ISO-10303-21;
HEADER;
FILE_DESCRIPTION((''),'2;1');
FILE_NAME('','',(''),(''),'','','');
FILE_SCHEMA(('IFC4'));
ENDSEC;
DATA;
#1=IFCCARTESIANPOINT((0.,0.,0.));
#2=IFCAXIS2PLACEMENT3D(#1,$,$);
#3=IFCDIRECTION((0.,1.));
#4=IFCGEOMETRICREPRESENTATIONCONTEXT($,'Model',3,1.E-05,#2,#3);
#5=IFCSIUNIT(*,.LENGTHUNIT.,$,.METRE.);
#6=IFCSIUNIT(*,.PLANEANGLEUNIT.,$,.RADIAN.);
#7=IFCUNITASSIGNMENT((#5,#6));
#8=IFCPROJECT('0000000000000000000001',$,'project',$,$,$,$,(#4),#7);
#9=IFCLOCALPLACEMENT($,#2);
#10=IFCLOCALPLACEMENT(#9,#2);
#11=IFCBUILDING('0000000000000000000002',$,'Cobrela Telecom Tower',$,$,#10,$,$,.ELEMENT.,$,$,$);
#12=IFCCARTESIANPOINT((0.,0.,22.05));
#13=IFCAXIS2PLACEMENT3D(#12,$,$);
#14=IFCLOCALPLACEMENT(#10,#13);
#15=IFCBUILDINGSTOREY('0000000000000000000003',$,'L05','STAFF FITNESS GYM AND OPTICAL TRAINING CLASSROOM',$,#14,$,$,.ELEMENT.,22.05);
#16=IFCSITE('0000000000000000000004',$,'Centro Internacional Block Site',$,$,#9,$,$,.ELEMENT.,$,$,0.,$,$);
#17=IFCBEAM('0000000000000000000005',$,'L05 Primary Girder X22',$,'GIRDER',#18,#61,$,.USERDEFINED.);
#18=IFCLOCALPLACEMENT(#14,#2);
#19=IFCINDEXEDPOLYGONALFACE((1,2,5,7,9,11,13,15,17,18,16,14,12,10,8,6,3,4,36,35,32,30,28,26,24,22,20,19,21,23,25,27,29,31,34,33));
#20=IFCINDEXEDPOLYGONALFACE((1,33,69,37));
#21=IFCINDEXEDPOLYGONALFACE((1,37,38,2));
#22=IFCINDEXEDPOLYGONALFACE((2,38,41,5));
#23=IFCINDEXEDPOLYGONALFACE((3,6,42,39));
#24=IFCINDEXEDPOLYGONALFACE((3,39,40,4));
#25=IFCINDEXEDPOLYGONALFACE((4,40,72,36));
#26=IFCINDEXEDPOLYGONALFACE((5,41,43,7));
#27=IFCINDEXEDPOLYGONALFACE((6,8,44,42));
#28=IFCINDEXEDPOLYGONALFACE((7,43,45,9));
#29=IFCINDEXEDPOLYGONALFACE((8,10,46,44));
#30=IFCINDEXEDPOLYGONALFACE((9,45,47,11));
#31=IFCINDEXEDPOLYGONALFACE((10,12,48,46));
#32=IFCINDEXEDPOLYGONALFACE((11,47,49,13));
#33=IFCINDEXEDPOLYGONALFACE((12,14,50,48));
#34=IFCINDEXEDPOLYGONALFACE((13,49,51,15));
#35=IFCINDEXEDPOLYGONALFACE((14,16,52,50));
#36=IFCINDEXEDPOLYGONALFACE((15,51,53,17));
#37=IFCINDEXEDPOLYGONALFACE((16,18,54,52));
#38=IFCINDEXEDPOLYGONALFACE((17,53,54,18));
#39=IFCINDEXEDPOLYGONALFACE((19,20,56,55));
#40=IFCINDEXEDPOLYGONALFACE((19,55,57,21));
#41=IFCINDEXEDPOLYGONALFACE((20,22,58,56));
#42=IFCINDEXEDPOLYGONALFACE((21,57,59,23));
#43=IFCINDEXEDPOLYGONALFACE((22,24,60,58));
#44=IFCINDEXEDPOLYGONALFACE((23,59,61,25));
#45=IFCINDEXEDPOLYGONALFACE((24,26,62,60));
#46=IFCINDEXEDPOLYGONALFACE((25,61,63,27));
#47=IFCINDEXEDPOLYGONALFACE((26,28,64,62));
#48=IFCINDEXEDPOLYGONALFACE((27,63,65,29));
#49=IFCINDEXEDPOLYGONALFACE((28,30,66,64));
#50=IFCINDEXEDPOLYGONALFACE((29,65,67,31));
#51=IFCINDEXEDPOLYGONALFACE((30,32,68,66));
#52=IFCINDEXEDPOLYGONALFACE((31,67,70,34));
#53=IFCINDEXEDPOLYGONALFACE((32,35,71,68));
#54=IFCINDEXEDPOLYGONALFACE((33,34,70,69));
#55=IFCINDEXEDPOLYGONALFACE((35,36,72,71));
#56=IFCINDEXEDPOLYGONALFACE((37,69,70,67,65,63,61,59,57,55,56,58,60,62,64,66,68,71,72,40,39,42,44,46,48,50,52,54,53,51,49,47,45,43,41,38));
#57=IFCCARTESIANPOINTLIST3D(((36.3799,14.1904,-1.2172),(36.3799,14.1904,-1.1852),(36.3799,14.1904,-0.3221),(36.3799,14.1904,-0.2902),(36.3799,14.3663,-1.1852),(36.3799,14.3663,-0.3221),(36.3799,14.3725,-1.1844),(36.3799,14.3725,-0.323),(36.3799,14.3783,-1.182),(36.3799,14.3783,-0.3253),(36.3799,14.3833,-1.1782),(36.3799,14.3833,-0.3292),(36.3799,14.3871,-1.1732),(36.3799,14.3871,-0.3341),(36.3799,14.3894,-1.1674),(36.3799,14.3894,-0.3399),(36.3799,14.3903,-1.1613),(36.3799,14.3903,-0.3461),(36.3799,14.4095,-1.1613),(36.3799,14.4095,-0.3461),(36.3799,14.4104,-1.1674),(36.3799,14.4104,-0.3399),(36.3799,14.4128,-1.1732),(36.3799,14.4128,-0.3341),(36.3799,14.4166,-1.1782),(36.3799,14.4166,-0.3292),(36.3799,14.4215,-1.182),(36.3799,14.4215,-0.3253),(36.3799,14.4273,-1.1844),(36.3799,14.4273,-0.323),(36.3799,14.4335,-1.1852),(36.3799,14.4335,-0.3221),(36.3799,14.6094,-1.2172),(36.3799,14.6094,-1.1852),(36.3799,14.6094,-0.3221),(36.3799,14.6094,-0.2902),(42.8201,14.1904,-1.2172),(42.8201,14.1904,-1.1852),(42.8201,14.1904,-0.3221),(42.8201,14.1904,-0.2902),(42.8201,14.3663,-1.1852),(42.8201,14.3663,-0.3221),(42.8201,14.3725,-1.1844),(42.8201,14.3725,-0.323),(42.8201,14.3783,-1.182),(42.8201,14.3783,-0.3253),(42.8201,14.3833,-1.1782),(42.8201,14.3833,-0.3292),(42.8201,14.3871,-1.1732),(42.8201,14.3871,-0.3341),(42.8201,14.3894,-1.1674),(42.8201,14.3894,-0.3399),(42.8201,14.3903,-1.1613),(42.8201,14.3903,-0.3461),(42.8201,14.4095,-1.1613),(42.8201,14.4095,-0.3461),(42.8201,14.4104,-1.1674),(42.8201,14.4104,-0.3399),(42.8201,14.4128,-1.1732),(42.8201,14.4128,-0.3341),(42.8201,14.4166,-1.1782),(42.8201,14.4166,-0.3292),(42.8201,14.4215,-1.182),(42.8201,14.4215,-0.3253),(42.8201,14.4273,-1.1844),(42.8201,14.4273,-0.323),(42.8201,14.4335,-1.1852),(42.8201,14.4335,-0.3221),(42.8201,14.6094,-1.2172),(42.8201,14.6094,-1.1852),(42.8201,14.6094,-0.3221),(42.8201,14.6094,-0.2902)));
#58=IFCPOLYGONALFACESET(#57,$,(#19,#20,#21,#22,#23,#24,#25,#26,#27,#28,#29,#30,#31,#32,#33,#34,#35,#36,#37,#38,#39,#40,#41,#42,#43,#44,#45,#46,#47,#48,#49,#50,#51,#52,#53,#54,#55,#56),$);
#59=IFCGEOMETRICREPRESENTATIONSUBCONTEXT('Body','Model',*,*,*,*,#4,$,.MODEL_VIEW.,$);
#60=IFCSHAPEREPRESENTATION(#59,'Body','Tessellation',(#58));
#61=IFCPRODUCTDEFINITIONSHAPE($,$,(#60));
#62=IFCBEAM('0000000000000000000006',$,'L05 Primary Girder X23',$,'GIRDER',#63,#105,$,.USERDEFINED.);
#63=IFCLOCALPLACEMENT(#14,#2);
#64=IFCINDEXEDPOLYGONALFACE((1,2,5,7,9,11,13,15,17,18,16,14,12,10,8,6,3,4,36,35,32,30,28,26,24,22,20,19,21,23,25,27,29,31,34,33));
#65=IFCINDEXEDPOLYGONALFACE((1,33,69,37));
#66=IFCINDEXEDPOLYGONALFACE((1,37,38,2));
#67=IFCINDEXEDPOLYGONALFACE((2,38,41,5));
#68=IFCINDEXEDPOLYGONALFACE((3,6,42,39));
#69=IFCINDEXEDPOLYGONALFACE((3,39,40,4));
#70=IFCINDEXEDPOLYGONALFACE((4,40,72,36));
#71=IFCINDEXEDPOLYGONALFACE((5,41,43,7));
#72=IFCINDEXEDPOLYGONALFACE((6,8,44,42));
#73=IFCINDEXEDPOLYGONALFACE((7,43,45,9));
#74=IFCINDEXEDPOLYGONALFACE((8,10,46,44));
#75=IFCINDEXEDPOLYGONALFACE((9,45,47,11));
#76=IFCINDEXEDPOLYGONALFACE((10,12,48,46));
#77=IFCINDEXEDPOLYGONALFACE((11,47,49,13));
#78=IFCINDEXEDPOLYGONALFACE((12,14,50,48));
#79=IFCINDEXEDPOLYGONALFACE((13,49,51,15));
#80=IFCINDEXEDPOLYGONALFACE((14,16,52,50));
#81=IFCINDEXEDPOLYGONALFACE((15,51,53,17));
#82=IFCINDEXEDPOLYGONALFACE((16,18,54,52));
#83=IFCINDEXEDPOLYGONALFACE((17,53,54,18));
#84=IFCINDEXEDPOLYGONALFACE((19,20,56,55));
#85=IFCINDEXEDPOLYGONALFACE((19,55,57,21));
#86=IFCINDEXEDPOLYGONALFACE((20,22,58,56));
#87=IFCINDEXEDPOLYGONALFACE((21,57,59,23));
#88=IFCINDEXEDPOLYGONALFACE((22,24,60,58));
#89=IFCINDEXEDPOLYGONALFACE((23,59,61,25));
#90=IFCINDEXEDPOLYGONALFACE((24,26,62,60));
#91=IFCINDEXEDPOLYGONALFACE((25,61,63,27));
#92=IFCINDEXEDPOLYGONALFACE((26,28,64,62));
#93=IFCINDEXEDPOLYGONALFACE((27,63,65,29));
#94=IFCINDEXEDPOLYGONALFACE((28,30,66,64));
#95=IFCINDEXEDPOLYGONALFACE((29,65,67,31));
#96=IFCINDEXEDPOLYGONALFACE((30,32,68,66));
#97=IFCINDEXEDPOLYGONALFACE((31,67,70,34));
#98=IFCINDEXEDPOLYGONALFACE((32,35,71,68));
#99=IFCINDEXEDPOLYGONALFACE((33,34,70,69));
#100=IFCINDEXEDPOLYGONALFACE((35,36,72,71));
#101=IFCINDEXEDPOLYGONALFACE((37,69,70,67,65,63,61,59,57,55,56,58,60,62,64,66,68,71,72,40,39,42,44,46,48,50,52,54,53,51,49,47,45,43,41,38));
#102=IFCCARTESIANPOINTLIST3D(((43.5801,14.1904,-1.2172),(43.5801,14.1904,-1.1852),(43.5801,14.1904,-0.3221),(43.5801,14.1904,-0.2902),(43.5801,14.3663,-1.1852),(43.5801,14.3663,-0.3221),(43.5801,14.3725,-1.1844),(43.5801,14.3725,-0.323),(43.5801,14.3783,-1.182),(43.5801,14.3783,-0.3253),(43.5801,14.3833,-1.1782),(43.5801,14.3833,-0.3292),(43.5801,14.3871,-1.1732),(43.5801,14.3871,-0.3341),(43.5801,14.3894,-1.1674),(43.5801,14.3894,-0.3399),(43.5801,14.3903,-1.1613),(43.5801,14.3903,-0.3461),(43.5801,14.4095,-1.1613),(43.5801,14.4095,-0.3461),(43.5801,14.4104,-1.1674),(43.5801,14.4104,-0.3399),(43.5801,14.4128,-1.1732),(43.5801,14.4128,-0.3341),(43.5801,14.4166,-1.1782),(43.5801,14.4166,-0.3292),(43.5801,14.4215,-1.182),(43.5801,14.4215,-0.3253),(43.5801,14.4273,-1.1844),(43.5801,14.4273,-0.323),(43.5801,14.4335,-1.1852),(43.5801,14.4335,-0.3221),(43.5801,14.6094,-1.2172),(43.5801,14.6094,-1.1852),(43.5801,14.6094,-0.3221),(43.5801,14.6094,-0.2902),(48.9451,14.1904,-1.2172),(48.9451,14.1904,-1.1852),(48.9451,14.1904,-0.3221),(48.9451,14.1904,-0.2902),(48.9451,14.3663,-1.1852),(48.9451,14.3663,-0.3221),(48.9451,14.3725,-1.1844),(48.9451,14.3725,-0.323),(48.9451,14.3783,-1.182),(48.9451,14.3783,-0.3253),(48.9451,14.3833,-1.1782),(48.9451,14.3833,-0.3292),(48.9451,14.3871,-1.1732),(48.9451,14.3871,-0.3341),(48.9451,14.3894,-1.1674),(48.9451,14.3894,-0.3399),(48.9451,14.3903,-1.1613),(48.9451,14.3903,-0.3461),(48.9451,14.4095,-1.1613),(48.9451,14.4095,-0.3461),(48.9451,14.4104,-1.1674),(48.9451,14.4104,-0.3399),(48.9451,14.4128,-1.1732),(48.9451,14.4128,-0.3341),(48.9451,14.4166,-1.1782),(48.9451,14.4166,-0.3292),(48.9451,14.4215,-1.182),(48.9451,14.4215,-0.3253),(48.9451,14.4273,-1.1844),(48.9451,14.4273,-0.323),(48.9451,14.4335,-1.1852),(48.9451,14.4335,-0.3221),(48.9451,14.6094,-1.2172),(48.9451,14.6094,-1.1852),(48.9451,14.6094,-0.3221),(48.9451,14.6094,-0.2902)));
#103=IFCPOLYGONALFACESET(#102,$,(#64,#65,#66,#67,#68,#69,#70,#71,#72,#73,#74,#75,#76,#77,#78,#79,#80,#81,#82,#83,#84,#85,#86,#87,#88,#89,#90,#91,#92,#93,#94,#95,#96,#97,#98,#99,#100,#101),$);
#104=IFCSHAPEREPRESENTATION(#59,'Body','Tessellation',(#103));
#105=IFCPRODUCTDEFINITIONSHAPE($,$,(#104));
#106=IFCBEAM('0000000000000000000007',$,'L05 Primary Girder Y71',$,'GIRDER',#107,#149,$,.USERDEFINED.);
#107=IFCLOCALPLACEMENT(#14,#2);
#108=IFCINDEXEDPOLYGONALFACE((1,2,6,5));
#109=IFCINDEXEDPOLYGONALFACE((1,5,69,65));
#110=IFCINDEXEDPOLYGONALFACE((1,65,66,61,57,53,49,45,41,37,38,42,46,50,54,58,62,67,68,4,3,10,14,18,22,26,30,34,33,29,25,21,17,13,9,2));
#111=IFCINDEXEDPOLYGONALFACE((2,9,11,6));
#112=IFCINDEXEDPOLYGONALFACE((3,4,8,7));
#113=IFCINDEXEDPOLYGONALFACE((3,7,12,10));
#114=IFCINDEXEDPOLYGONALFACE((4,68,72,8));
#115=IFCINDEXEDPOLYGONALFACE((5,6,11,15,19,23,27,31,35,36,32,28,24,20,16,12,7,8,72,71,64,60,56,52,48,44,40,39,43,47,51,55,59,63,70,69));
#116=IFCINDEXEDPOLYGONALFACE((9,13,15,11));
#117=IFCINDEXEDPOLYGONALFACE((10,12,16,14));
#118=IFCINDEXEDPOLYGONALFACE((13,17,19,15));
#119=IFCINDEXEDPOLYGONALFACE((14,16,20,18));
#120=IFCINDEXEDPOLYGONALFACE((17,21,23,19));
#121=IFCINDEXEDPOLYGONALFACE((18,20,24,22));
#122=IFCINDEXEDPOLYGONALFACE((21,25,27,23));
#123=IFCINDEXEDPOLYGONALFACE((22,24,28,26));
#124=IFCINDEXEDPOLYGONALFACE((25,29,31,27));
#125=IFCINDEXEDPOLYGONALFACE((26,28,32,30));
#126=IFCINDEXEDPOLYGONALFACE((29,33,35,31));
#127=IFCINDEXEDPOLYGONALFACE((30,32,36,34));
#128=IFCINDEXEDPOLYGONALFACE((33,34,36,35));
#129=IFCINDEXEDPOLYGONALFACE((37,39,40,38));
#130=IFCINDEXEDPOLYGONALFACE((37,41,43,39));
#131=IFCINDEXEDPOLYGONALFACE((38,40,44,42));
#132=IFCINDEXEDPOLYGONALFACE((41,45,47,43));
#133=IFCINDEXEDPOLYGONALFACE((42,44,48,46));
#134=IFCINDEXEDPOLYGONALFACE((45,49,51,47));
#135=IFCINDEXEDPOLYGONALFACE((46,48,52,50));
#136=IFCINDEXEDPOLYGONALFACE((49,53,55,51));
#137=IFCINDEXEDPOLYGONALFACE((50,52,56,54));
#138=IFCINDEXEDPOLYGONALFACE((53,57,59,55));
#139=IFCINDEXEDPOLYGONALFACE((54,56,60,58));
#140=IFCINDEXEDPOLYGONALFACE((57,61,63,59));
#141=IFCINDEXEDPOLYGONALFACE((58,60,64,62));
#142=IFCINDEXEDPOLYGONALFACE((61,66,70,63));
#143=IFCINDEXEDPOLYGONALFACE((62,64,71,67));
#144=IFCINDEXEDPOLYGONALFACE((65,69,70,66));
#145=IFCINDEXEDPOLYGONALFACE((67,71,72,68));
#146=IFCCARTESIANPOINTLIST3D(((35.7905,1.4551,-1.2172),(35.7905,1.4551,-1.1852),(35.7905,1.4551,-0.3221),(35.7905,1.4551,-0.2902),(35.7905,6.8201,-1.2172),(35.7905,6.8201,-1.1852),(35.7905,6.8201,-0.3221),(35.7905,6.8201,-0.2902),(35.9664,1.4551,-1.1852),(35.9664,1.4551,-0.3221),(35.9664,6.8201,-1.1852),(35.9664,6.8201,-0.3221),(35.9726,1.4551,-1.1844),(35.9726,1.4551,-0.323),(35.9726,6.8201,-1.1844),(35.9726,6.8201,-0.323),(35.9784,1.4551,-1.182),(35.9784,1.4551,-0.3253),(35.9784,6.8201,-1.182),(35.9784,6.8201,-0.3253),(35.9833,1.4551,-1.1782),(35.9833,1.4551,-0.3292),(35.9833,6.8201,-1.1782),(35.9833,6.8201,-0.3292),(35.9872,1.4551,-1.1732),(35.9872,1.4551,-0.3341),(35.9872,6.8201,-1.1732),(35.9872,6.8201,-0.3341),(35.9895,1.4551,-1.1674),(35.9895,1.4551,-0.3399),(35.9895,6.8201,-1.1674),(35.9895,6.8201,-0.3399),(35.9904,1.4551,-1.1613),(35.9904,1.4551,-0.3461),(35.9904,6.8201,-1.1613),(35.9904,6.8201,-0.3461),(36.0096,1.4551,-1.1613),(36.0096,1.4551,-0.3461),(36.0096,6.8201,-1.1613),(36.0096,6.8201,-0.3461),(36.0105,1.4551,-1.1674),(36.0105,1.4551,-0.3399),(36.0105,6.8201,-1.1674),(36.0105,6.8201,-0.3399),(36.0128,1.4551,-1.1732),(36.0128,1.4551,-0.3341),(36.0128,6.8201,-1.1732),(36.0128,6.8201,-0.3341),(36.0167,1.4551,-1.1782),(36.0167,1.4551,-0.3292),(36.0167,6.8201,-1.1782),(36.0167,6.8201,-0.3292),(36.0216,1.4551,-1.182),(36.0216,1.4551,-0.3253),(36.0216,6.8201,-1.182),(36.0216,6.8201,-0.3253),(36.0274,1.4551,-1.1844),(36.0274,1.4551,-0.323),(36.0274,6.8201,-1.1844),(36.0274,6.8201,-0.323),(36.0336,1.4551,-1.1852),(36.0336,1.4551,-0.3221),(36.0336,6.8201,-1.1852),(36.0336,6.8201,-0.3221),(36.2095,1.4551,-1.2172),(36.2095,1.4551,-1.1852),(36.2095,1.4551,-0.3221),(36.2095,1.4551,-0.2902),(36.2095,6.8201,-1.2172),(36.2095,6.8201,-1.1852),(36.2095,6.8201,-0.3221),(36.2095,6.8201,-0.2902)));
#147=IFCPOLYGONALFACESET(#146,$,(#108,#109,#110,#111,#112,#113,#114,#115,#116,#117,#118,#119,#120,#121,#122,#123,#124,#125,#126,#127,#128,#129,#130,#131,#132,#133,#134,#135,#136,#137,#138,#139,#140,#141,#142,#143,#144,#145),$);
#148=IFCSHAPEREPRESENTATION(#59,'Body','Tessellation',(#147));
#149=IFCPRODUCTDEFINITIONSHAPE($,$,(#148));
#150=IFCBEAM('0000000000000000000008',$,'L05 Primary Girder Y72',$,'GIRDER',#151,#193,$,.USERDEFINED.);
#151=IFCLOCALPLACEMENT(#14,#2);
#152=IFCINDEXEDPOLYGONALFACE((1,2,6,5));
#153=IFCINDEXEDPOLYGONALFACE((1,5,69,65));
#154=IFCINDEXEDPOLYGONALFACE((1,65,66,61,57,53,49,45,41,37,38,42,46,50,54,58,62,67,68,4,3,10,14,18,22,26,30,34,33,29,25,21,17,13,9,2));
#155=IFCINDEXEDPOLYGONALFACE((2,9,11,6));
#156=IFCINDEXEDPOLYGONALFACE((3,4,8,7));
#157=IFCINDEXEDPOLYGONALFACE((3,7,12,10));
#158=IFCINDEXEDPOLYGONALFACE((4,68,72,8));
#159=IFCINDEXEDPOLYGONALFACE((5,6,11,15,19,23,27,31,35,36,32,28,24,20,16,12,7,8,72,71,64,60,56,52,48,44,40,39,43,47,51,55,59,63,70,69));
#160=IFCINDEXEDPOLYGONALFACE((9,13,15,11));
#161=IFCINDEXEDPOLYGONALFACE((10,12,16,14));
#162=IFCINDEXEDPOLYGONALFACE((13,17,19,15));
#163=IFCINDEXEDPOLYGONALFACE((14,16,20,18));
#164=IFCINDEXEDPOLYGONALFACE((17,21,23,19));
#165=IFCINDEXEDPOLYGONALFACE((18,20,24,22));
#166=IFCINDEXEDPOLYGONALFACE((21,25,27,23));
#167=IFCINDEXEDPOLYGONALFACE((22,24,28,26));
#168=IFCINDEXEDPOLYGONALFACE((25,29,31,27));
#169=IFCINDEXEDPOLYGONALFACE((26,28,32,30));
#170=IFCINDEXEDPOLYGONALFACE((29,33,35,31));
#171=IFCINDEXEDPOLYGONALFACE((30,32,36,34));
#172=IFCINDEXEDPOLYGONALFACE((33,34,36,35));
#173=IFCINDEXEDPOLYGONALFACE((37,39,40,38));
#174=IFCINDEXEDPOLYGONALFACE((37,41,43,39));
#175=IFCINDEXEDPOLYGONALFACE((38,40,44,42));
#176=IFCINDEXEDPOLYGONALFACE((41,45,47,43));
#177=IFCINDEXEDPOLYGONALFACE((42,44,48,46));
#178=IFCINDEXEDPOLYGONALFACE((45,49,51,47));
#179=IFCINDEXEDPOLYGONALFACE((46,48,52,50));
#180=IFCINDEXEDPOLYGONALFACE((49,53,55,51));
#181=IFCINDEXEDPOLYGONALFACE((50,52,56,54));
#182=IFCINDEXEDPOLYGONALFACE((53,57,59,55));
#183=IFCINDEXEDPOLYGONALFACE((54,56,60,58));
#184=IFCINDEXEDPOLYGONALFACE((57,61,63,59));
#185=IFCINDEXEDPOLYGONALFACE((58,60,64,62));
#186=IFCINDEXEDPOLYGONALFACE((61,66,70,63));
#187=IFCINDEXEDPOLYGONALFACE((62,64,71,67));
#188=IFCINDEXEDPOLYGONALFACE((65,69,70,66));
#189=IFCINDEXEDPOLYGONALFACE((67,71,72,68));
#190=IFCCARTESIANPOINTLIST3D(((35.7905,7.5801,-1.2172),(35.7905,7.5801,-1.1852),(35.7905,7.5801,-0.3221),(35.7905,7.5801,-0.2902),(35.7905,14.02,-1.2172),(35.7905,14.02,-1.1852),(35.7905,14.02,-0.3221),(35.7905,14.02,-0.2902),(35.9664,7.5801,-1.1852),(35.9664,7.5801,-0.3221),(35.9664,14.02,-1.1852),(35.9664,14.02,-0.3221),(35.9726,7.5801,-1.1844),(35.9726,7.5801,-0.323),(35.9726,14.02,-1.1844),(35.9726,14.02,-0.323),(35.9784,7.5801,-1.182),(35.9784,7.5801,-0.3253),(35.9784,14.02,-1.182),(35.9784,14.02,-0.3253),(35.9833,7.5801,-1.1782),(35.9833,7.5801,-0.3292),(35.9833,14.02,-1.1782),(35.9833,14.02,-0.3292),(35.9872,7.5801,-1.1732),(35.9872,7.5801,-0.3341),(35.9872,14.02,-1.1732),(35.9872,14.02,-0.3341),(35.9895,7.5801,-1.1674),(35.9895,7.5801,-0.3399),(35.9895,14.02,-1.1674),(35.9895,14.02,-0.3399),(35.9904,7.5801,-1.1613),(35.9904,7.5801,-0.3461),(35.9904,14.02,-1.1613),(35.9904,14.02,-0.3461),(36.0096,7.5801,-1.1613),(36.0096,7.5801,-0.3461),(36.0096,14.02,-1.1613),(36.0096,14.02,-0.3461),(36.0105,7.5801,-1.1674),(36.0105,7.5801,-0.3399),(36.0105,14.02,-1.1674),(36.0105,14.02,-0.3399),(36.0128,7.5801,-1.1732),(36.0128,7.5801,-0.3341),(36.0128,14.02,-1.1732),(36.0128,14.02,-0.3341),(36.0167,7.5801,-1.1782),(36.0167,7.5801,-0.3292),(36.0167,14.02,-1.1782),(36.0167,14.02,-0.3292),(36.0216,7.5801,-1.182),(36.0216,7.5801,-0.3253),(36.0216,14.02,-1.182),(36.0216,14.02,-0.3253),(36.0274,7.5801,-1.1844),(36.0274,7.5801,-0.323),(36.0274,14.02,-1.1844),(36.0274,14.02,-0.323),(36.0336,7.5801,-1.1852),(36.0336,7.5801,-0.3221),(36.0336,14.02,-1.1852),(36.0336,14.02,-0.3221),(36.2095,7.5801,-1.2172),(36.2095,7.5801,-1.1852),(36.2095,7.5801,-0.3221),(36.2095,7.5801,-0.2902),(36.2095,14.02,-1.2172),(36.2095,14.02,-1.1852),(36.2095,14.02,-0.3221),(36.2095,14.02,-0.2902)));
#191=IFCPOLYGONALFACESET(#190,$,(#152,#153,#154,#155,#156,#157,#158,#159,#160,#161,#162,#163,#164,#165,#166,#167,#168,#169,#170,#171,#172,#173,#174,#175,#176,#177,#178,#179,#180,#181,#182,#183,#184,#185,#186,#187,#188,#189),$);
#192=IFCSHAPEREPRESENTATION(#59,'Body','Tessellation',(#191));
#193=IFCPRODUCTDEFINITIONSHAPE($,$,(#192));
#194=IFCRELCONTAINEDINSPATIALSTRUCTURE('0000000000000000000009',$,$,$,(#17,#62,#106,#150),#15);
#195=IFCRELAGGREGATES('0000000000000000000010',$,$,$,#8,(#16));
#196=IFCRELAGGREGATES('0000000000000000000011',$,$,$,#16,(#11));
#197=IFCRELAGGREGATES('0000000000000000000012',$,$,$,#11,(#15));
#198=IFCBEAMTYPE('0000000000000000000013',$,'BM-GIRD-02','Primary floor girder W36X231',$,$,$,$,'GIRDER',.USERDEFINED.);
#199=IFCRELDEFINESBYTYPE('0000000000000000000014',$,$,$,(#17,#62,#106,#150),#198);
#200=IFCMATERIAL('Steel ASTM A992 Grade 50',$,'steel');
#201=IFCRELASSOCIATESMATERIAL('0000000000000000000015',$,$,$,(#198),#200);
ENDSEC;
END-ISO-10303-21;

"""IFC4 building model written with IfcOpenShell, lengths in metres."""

from ifc_helpers import new_model, si_unit, direction, frame, origin, origin_2d, place, context, subcontext, project, spatial, i_section, extrude, material, material_profile, profile_set, type_object, element, save


model = new_model("IFC4")

# Units and contexts
model_context = context("Model", 3, precision=1e-05, world=origin(), true_north=direction((0.0, 1.0)))
body_context = subcontext(model_context, "Body", "Model", "MODEL_VIEW")
ifc_project = project(units=[si_unit("LENGTHUNIT", "METRE"), si_unit("PLANEANGLEUNIT", "RADIAN")], contexts=[model_context])

# Site, building, storey
site_placement = place(None, origin())
site = spatial("IfcSite", under=ifc_project, at=site_placement, Name="Centro Internacional Block Site", CompositionType="ELEMENT", RefElevation=0.0)
building_placement = place(site_placement, origin())
building = spatial("IfcBuilding", under=site, at=building_placement, Name="Cobrela Telecom Tower", CompositionType="ELEMENT")
storey_placement = place(building_placement, frame((0.0, 0.0, 22.05)))
storey = spatial("IfcBuildingStorey", under=building, at=storey_placement, Name="L05", Description="STAFF FITNESS GYM AND OPTICAL TRAINING CLASSROOM", CompositionType="ELEMENT", Elevation=22.05)

# Beams
ifc_material_1 = material(Name="Steel ASTM A992 Grade 50", Category="steel")
ifc_material_profile_1 = material_profile(ifc_material_1, i_section(OverallWidth=0.4189, OverallDepth=0.927, WebThickness=0.0193, FlangeThickness=0.032, FilletRadius=0.0239, at=origin_2d()), Name="W36X231")
ifc_profile_set_1 = profile_set([ifc_material_profile_1], Name="Steel ASTM A992 Grade 50")
beam_type_1 = type_object("IfcBeamType", Name="BM-GIRD-02", Description="Primary floor girder W36X231", ElementType="GIRDER", PredefinedType="USERDEFINED", material=ifc_profile_set_1)
beam_1_placement = place(storey_placement, frame((36.3799, 14.3999, -0.7537), z_axis=(1.0, 0.0, 0.0), x_axis=(0.0, 1.0, 0.0)))
element("IfcBeam", 1, at=beam_1_placement, inside=storey, type_object=beam_type_1, Name="L05 Primary Girder X22", ObjectType="GIRDER", PredefinedType="USERDEFINED", context=body_context, shape_type="SweptSolid", body=[
    extrude(i_section(OverallWidth=0.4189, OverallDepth=0.927, WebThickness=0.0193, FlangeThickness=0.032, FilletRadius=0.0239, at=origin_2d()), origin(), (0.0, 0.0, 1.0), 6.4402),
])
for number, where, z_axis, x_axis, name in (
    (2, (43.5801, 14.3999, -0.7537), (1.0, 0.0, 0.0), (0.0, 1.0, 0.0), "L05 Primary Girder X23"),
    (3, (36.0, 1.4551, -0.7537), (0.0, 1.0, 0.0), (-1.0, 0.0, 0.0), "L05 Primary Girder Y71"),
):
    element("IfcBeam", number, at=place(storey_placement, frame(where, z_axis=z_axis, x_axis=x_axis)), inside=storey, type_object=beam_type_1, Name=name, ObjectType="GIRDER", PredefinedType="USERDEFINED", context=body_context, shape_type="SweptSolid", body=[
        extrude(i_section(OverallWidth=0.4189, OverallDepth=0.927, WebThickness=0.0193, FlangeThickness=0.032, FilletRadius=0.0239, at=origin_2d()), origin(), (0.0, 0.0, 1.0), 5.365),
    ])
for number, where, z_axis, x_axis, name in (
    (4, (36.0, 7.5801, -0.7537), (0.0, 1.0, 0.0), (-1.0, 0.0, 0.0), "L05 Primary Girder Y72"),
):
    element("IfcBeam", number, at=place(storey_placement, frame(where, z_axis=z_axis, x_axis=x_axis)), inside=storey, type_object=beam_type_1, Name=name, ObjectType="GIRDER", PredefinedType="USERDEFINED", context=body_context, shape_type="SweptSolid", body=[
        extrude(i_section(OverallWidth=0.4189, OverallDepth=0.927, WebThickness=0.0193, FlangeThickness=0.032, FilletRadius=0.0239, at=origin_2d()), origin(), (0.0, 0.0, 1.0), 6.4399),
    ])

save(model, "model.ifc")
